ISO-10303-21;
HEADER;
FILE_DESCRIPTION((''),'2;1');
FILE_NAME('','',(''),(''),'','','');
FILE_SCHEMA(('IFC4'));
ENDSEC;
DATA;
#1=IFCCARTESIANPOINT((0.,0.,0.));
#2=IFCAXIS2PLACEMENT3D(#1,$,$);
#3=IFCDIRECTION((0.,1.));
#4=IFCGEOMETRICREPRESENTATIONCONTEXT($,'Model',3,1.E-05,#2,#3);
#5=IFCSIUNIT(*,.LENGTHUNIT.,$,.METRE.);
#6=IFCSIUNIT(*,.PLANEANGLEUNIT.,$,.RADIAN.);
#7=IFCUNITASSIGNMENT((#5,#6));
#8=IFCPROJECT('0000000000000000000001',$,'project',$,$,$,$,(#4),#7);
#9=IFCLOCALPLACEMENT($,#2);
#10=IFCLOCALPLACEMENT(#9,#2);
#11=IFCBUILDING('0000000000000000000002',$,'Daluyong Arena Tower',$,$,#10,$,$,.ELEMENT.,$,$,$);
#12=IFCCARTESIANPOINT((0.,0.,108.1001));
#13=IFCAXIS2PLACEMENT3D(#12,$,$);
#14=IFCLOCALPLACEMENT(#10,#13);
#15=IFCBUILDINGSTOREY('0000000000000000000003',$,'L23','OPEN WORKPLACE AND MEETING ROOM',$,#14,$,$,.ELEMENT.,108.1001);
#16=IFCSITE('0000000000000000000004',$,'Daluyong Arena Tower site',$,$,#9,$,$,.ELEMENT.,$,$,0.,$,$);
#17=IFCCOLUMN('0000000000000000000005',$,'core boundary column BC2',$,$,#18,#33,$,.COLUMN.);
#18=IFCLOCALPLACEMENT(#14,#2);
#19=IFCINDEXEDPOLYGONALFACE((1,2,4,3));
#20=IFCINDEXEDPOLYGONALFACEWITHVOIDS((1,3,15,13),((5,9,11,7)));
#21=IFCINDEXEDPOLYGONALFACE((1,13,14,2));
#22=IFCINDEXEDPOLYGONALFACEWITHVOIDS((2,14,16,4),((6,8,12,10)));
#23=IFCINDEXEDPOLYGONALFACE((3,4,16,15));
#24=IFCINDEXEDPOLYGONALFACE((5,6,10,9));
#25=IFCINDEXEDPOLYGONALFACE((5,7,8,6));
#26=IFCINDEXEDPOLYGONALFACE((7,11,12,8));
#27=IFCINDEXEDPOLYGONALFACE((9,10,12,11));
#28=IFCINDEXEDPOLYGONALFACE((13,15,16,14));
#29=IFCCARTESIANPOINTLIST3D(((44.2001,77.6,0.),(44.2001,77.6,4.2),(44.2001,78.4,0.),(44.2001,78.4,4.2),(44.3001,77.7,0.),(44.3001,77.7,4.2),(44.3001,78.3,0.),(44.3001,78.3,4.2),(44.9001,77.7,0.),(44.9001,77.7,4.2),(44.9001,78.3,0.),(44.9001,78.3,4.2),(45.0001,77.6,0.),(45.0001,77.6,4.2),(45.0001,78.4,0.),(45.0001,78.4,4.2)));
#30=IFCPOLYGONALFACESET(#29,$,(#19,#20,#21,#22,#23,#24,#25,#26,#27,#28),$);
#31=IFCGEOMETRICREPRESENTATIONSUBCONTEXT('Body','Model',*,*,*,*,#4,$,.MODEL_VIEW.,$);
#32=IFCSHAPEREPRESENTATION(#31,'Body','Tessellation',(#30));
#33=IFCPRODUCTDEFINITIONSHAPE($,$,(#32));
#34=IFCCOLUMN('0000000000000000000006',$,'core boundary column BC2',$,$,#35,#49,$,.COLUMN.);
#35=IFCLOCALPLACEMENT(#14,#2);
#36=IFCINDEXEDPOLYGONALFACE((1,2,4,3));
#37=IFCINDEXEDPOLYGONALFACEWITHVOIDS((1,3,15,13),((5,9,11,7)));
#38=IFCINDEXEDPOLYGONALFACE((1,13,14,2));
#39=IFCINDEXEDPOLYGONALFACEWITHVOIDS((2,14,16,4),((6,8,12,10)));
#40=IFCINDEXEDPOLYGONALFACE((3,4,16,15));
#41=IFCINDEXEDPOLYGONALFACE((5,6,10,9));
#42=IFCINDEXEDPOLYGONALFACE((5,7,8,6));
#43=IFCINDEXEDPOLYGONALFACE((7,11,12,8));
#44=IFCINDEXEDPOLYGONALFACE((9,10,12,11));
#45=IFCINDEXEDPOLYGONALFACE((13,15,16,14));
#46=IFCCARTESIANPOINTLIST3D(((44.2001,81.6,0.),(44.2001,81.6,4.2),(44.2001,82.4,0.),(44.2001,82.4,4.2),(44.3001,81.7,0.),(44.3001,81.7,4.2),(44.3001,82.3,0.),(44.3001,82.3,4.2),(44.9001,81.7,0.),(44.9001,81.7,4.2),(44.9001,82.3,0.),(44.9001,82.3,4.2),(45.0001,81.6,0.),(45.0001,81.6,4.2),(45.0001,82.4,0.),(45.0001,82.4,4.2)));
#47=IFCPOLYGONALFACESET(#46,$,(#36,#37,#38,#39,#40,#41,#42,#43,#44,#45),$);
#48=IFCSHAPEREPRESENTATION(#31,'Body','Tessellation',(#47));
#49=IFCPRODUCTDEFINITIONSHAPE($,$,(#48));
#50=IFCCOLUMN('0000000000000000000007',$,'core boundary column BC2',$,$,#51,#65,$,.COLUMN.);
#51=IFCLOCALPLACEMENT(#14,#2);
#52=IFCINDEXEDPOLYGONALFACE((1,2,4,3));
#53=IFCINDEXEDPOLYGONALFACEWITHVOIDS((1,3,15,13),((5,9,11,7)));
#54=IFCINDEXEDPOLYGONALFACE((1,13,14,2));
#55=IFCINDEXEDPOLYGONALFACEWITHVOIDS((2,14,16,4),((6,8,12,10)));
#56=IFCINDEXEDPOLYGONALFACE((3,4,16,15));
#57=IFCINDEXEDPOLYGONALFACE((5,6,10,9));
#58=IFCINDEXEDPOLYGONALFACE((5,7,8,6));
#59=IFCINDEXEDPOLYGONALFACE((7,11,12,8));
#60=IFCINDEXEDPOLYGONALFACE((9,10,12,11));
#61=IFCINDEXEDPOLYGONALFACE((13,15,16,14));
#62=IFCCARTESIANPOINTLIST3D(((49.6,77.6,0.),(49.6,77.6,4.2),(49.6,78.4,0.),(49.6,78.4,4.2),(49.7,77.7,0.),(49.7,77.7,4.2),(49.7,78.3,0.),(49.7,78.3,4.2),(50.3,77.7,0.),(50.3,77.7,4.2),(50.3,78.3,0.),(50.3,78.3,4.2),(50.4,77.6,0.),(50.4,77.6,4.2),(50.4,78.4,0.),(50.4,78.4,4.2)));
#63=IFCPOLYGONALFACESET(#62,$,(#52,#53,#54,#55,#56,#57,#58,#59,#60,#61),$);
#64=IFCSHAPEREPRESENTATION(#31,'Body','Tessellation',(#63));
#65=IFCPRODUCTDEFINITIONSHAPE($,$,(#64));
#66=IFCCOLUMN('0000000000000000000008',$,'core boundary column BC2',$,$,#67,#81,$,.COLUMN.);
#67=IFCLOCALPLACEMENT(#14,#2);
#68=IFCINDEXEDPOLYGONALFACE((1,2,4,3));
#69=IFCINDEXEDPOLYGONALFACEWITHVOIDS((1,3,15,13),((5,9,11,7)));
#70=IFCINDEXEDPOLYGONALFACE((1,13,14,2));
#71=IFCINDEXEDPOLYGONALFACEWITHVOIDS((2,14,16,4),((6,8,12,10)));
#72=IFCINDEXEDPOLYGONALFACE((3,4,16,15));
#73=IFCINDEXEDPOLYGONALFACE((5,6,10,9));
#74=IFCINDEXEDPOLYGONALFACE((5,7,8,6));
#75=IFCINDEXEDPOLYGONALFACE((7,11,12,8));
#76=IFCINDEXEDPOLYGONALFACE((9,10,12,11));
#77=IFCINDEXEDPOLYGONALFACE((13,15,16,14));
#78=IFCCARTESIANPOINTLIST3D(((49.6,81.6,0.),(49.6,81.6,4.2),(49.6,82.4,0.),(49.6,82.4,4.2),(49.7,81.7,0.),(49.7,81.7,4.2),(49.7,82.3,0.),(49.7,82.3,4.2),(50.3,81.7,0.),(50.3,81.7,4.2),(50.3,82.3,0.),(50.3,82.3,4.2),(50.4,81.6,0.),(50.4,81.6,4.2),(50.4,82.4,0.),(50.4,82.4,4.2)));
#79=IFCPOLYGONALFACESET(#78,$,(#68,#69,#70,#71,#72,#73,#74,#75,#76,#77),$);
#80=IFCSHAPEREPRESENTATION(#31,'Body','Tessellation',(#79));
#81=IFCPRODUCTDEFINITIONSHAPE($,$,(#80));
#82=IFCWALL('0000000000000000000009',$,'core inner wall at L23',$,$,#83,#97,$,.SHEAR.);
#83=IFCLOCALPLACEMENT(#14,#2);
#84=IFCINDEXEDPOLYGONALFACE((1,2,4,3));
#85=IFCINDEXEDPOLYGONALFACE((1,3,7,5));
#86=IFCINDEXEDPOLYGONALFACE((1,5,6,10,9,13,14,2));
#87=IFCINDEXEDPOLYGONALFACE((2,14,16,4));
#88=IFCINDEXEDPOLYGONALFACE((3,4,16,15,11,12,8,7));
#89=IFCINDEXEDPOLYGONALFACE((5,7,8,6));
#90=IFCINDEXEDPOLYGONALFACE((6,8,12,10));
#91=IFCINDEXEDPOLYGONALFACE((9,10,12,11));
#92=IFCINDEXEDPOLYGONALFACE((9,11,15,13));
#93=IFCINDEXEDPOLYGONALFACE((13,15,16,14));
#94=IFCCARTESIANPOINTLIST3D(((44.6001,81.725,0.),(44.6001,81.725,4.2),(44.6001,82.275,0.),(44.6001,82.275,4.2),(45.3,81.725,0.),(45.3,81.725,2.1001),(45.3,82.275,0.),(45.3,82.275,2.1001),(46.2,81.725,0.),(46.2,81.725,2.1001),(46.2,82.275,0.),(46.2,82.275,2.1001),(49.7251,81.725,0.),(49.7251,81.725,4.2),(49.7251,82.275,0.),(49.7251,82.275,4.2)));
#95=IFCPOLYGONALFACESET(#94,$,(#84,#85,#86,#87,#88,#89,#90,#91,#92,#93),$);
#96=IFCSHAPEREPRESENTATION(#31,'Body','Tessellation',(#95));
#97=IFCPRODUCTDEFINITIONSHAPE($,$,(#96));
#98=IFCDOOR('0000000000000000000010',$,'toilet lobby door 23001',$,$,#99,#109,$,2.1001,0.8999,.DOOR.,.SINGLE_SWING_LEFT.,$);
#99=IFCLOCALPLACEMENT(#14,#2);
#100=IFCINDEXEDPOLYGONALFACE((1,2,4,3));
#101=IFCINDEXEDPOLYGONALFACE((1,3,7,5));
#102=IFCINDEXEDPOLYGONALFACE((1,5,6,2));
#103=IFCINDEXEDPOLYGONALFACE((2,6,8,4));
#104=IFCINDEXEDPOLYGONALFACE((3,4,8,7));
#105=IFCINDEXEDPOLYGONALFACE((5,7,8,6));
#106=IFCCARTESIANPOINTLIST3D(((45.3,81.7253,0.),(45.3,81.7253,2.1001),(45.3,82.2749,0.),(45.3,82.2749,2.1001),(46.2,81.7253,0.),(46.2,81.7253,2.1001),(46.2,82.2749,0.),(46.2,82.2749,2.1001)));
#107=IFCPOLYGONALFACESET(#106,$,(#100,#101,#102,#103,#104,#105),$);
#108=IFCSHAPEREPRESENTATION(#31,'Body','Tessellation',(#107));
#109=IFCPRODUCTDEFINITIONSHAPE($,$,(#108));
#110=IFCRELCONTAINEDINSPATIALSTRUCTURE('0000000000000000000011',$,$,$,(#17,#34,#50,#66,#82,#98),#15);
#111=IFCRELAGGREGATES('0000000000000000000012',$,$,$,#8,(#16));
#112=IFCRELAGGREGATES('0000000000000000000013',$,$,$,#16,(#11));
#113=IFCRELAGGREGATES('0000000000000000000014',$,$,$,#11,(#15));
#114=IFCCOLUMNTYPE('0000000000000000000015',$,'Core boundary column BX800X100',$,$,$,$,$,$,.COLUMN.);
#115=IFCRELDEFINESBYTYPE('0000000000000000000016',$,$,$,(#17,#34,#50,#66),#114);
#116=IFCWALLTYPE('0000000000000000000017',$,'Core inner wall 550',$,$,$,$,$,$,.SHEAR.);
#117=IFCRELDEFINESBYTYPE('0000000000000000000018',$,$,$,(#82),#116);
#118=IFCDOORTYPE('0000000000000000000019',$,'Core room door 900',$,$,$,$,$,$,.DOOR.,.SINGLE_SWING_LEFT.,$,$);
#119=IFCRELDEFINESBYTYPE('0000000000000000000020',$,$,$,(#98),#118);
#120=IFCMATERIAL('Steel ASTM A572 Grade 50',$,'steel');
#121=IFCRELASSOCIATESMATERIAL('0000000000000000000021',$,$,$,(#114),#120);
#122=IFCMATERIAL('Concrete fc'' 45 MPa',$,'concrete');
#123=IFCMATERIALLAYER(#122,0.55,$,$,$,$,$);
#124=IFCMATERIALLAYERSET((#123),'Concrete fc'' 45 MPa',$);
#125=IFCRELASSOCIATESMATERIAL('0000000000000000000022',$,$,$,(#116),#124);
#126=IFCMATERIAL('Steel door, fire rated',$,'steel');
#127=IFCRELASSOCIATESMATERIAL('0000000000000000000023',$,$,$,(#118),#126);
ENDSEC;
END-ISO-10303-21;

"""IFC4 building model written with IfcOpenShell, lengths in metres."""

from ifc_helpers import new_model, si_unit, direction, frame, frame_2d, origin, origin_2d, place, context, subcontext, project, spatial, rectangle, hollow_rectangle, extrude, material, layer, layer_set, material_profile, profile_set, type_object, element, fill, save


model = new_model("IFC4")

# Units and contexts
model_context = context("Model", 3, precision=1e-05, world=origin(), true_north=direction((0.0, 1.0)))
body_context = subcontext(model_context, "Body", "Model", "MODEL_VIEW")
ifc_project = project(units=[si_unit("LENGTHUNIT", "METRE"), si_unit("PLANEANGLEUNIT", "RADIAN")], contexts=[model_context])

# Site, building, storey
site_placement = place(None, origin())
site = spatial("IfcSite", under=ifc_project, at=site_placement, Name="Daluyong Arena Tower site", CompositionType="ELEMENT", RefElevation=0.0)
building_placement = place(site_placement, origin())
building = spatial("IfcBuilding", under=site, at=building_placement, Name="Daluyong Arena Tower", CompositionType="ELEMENT")
storey_placement = place(building_placement, frame((0.0, 0.0, 108.1001)))
storey = spatial("IfcBuildingStorey", under=building, at=storey_placement, Name="L23", Description="OPEN WORKPLACE AND MEETING ROOM", CompositionType="ELEMENT", Elevation=108.1001)

# Columns
ifc_material_1 = material(Name="Steel ASTM A572 Grade 50", Category="steel")
ifc_material_profile = material_profile(ifc_material_1, hollow_rectangle(XDim=0.8, YDim=0.8, WallThickness=0.1, at=origin_2d()))
ifc_profile_set = profile_set([ifc_material_profile], Name="Steel ASTM A572 Grade 50")
column_type = type_object("IfcColumnType", Name="Core boundary column BX800X100", PredefinedType="COLUMN", material=ifc_profile_set)
for number, where, z_axis, x_axis, name in (
    (1, (44.6001, 78.0, 0.0), (0.0, 0.0, 1.0), (1.0, 0.0, 0.0), "core boundary column BC2"),
    (2, (44.6001, 82.0, 0.0), (0.0, 0.0, 1.0), (1.0, 0.0, 0.0), "core boundary column BC2"),
    (3, (50.0, 78.0, 0.0), (0.0, 0.0, 1.0), (1.0, 0.0, 0.0), "core boundary column BC2"),
    (4, (50.0, 82.0, 0.0), (0.0, 0.0, 1.0), (1.0, 0.0, 0.0), "core boundary column BC2"),
):
    element("IfcColumn", number, at=place(storey_placement, frame(where, z_axis=z_axis, x_axis=x_axis)), inside=storey, type_object=column_type, Name=name, PredefinedType="COLUMN", context=body_context, shape_type="SweptSolid", body=[
        extrude(hollow_rectangle(XDim=0.8, YDim=0.8, WallThickness=0.1, at=origin_2d()), origin(), (0.0, 0.0, 1.0), 4.2),
    ])

# Wall, opening, door
ifc_material_2 = material(Name="Concrete fc' 45 MPa", Category="concrete")
ifc_layer = layer(ifc_material_2, 0.55)
ifc_layer_set = layer_set([ifc_layer], Name="Concrete fc' 45 MPa")
wall_type = type_object("IfcWallType", Name="Core inner wall 550", PredefinedType="SHEAR", material=ifc_layer_set)
wall_1_placement = place(storey_placement, frame((44.6001, 82.0, 0.0), z_axis=(0.0, 0.0, 1.0), x_axis=(1.0, 0.0, 0.0)))
wall_1 = element("IfcWall", 5, at=wall_1_placement, inside=storey, type_object=wall_type, Name="core inner wall at L23", PredefinedType="SHEAR", context=body_context, shape_type="SweptSolid", body=[
    extrude(rectangle(XDim=5.125, YDim=0.55, at=frame_2d((2.5625, 0.0))), origin(), (0.0, 0.0, 1.0), 4.2),
])
opening_1_placement = place(wall_1_placement, frame((0.7, 0.0, 0.0)))
opening_1 = element("IfcOpeningElement", 6, at=opening_1_placement, cuts=wall_1, PredefinedType="OPENING", context=body_context, shape_type="SweptSolid", body=[
    extrude(rectangle(XDim=0.8999, YDim=2.1001, at=frame_2d((0.45, 1.05))), frame((0.0, 0.2849, 0.0), z_axis=(0.0, -1.0, 0.0), x_axis=(1.0, 0.0, 0.0)), (0.0, 0.0, 1.0), 0.5701),
])
ifc_material_3 = material(Name="Steel door, fire rated", Category="steel")
door_type = type_object("IfcDoorType", Name="Core room door 900", OperationType="SINGLE_SWING_LEFT", PredefinedType="DOOR", material=ifc_material_3)
door_1_placement = place(opening_1_placement, origin())
door_1 = element("IfcDoor", 7, at=door_1_placement, inside=storey, type_object=door_type, Name="toilet lobby door 23001", OperationType="SINGLE_SWING_LEFT", OverallHeight=2.1001, OverallWidth=0.8999, PredefinedType="DOOR", context=body_context, shape_type="SweptSolid", body=[
    extrude(rectangle(XDim=0.8999, YDim=2.1001, at=frame_2d((0.45, 1.05))), frame((0.0, 0.2749, 0.0), z_axis=(0.0, -1.0, 0.0), x_axis=(1.0, 0.0, 0.0)), (0.0, 0.0, 1.0), 0.5496),
])
fill(opening_1, door_1)

save(model, "model.ifc")
